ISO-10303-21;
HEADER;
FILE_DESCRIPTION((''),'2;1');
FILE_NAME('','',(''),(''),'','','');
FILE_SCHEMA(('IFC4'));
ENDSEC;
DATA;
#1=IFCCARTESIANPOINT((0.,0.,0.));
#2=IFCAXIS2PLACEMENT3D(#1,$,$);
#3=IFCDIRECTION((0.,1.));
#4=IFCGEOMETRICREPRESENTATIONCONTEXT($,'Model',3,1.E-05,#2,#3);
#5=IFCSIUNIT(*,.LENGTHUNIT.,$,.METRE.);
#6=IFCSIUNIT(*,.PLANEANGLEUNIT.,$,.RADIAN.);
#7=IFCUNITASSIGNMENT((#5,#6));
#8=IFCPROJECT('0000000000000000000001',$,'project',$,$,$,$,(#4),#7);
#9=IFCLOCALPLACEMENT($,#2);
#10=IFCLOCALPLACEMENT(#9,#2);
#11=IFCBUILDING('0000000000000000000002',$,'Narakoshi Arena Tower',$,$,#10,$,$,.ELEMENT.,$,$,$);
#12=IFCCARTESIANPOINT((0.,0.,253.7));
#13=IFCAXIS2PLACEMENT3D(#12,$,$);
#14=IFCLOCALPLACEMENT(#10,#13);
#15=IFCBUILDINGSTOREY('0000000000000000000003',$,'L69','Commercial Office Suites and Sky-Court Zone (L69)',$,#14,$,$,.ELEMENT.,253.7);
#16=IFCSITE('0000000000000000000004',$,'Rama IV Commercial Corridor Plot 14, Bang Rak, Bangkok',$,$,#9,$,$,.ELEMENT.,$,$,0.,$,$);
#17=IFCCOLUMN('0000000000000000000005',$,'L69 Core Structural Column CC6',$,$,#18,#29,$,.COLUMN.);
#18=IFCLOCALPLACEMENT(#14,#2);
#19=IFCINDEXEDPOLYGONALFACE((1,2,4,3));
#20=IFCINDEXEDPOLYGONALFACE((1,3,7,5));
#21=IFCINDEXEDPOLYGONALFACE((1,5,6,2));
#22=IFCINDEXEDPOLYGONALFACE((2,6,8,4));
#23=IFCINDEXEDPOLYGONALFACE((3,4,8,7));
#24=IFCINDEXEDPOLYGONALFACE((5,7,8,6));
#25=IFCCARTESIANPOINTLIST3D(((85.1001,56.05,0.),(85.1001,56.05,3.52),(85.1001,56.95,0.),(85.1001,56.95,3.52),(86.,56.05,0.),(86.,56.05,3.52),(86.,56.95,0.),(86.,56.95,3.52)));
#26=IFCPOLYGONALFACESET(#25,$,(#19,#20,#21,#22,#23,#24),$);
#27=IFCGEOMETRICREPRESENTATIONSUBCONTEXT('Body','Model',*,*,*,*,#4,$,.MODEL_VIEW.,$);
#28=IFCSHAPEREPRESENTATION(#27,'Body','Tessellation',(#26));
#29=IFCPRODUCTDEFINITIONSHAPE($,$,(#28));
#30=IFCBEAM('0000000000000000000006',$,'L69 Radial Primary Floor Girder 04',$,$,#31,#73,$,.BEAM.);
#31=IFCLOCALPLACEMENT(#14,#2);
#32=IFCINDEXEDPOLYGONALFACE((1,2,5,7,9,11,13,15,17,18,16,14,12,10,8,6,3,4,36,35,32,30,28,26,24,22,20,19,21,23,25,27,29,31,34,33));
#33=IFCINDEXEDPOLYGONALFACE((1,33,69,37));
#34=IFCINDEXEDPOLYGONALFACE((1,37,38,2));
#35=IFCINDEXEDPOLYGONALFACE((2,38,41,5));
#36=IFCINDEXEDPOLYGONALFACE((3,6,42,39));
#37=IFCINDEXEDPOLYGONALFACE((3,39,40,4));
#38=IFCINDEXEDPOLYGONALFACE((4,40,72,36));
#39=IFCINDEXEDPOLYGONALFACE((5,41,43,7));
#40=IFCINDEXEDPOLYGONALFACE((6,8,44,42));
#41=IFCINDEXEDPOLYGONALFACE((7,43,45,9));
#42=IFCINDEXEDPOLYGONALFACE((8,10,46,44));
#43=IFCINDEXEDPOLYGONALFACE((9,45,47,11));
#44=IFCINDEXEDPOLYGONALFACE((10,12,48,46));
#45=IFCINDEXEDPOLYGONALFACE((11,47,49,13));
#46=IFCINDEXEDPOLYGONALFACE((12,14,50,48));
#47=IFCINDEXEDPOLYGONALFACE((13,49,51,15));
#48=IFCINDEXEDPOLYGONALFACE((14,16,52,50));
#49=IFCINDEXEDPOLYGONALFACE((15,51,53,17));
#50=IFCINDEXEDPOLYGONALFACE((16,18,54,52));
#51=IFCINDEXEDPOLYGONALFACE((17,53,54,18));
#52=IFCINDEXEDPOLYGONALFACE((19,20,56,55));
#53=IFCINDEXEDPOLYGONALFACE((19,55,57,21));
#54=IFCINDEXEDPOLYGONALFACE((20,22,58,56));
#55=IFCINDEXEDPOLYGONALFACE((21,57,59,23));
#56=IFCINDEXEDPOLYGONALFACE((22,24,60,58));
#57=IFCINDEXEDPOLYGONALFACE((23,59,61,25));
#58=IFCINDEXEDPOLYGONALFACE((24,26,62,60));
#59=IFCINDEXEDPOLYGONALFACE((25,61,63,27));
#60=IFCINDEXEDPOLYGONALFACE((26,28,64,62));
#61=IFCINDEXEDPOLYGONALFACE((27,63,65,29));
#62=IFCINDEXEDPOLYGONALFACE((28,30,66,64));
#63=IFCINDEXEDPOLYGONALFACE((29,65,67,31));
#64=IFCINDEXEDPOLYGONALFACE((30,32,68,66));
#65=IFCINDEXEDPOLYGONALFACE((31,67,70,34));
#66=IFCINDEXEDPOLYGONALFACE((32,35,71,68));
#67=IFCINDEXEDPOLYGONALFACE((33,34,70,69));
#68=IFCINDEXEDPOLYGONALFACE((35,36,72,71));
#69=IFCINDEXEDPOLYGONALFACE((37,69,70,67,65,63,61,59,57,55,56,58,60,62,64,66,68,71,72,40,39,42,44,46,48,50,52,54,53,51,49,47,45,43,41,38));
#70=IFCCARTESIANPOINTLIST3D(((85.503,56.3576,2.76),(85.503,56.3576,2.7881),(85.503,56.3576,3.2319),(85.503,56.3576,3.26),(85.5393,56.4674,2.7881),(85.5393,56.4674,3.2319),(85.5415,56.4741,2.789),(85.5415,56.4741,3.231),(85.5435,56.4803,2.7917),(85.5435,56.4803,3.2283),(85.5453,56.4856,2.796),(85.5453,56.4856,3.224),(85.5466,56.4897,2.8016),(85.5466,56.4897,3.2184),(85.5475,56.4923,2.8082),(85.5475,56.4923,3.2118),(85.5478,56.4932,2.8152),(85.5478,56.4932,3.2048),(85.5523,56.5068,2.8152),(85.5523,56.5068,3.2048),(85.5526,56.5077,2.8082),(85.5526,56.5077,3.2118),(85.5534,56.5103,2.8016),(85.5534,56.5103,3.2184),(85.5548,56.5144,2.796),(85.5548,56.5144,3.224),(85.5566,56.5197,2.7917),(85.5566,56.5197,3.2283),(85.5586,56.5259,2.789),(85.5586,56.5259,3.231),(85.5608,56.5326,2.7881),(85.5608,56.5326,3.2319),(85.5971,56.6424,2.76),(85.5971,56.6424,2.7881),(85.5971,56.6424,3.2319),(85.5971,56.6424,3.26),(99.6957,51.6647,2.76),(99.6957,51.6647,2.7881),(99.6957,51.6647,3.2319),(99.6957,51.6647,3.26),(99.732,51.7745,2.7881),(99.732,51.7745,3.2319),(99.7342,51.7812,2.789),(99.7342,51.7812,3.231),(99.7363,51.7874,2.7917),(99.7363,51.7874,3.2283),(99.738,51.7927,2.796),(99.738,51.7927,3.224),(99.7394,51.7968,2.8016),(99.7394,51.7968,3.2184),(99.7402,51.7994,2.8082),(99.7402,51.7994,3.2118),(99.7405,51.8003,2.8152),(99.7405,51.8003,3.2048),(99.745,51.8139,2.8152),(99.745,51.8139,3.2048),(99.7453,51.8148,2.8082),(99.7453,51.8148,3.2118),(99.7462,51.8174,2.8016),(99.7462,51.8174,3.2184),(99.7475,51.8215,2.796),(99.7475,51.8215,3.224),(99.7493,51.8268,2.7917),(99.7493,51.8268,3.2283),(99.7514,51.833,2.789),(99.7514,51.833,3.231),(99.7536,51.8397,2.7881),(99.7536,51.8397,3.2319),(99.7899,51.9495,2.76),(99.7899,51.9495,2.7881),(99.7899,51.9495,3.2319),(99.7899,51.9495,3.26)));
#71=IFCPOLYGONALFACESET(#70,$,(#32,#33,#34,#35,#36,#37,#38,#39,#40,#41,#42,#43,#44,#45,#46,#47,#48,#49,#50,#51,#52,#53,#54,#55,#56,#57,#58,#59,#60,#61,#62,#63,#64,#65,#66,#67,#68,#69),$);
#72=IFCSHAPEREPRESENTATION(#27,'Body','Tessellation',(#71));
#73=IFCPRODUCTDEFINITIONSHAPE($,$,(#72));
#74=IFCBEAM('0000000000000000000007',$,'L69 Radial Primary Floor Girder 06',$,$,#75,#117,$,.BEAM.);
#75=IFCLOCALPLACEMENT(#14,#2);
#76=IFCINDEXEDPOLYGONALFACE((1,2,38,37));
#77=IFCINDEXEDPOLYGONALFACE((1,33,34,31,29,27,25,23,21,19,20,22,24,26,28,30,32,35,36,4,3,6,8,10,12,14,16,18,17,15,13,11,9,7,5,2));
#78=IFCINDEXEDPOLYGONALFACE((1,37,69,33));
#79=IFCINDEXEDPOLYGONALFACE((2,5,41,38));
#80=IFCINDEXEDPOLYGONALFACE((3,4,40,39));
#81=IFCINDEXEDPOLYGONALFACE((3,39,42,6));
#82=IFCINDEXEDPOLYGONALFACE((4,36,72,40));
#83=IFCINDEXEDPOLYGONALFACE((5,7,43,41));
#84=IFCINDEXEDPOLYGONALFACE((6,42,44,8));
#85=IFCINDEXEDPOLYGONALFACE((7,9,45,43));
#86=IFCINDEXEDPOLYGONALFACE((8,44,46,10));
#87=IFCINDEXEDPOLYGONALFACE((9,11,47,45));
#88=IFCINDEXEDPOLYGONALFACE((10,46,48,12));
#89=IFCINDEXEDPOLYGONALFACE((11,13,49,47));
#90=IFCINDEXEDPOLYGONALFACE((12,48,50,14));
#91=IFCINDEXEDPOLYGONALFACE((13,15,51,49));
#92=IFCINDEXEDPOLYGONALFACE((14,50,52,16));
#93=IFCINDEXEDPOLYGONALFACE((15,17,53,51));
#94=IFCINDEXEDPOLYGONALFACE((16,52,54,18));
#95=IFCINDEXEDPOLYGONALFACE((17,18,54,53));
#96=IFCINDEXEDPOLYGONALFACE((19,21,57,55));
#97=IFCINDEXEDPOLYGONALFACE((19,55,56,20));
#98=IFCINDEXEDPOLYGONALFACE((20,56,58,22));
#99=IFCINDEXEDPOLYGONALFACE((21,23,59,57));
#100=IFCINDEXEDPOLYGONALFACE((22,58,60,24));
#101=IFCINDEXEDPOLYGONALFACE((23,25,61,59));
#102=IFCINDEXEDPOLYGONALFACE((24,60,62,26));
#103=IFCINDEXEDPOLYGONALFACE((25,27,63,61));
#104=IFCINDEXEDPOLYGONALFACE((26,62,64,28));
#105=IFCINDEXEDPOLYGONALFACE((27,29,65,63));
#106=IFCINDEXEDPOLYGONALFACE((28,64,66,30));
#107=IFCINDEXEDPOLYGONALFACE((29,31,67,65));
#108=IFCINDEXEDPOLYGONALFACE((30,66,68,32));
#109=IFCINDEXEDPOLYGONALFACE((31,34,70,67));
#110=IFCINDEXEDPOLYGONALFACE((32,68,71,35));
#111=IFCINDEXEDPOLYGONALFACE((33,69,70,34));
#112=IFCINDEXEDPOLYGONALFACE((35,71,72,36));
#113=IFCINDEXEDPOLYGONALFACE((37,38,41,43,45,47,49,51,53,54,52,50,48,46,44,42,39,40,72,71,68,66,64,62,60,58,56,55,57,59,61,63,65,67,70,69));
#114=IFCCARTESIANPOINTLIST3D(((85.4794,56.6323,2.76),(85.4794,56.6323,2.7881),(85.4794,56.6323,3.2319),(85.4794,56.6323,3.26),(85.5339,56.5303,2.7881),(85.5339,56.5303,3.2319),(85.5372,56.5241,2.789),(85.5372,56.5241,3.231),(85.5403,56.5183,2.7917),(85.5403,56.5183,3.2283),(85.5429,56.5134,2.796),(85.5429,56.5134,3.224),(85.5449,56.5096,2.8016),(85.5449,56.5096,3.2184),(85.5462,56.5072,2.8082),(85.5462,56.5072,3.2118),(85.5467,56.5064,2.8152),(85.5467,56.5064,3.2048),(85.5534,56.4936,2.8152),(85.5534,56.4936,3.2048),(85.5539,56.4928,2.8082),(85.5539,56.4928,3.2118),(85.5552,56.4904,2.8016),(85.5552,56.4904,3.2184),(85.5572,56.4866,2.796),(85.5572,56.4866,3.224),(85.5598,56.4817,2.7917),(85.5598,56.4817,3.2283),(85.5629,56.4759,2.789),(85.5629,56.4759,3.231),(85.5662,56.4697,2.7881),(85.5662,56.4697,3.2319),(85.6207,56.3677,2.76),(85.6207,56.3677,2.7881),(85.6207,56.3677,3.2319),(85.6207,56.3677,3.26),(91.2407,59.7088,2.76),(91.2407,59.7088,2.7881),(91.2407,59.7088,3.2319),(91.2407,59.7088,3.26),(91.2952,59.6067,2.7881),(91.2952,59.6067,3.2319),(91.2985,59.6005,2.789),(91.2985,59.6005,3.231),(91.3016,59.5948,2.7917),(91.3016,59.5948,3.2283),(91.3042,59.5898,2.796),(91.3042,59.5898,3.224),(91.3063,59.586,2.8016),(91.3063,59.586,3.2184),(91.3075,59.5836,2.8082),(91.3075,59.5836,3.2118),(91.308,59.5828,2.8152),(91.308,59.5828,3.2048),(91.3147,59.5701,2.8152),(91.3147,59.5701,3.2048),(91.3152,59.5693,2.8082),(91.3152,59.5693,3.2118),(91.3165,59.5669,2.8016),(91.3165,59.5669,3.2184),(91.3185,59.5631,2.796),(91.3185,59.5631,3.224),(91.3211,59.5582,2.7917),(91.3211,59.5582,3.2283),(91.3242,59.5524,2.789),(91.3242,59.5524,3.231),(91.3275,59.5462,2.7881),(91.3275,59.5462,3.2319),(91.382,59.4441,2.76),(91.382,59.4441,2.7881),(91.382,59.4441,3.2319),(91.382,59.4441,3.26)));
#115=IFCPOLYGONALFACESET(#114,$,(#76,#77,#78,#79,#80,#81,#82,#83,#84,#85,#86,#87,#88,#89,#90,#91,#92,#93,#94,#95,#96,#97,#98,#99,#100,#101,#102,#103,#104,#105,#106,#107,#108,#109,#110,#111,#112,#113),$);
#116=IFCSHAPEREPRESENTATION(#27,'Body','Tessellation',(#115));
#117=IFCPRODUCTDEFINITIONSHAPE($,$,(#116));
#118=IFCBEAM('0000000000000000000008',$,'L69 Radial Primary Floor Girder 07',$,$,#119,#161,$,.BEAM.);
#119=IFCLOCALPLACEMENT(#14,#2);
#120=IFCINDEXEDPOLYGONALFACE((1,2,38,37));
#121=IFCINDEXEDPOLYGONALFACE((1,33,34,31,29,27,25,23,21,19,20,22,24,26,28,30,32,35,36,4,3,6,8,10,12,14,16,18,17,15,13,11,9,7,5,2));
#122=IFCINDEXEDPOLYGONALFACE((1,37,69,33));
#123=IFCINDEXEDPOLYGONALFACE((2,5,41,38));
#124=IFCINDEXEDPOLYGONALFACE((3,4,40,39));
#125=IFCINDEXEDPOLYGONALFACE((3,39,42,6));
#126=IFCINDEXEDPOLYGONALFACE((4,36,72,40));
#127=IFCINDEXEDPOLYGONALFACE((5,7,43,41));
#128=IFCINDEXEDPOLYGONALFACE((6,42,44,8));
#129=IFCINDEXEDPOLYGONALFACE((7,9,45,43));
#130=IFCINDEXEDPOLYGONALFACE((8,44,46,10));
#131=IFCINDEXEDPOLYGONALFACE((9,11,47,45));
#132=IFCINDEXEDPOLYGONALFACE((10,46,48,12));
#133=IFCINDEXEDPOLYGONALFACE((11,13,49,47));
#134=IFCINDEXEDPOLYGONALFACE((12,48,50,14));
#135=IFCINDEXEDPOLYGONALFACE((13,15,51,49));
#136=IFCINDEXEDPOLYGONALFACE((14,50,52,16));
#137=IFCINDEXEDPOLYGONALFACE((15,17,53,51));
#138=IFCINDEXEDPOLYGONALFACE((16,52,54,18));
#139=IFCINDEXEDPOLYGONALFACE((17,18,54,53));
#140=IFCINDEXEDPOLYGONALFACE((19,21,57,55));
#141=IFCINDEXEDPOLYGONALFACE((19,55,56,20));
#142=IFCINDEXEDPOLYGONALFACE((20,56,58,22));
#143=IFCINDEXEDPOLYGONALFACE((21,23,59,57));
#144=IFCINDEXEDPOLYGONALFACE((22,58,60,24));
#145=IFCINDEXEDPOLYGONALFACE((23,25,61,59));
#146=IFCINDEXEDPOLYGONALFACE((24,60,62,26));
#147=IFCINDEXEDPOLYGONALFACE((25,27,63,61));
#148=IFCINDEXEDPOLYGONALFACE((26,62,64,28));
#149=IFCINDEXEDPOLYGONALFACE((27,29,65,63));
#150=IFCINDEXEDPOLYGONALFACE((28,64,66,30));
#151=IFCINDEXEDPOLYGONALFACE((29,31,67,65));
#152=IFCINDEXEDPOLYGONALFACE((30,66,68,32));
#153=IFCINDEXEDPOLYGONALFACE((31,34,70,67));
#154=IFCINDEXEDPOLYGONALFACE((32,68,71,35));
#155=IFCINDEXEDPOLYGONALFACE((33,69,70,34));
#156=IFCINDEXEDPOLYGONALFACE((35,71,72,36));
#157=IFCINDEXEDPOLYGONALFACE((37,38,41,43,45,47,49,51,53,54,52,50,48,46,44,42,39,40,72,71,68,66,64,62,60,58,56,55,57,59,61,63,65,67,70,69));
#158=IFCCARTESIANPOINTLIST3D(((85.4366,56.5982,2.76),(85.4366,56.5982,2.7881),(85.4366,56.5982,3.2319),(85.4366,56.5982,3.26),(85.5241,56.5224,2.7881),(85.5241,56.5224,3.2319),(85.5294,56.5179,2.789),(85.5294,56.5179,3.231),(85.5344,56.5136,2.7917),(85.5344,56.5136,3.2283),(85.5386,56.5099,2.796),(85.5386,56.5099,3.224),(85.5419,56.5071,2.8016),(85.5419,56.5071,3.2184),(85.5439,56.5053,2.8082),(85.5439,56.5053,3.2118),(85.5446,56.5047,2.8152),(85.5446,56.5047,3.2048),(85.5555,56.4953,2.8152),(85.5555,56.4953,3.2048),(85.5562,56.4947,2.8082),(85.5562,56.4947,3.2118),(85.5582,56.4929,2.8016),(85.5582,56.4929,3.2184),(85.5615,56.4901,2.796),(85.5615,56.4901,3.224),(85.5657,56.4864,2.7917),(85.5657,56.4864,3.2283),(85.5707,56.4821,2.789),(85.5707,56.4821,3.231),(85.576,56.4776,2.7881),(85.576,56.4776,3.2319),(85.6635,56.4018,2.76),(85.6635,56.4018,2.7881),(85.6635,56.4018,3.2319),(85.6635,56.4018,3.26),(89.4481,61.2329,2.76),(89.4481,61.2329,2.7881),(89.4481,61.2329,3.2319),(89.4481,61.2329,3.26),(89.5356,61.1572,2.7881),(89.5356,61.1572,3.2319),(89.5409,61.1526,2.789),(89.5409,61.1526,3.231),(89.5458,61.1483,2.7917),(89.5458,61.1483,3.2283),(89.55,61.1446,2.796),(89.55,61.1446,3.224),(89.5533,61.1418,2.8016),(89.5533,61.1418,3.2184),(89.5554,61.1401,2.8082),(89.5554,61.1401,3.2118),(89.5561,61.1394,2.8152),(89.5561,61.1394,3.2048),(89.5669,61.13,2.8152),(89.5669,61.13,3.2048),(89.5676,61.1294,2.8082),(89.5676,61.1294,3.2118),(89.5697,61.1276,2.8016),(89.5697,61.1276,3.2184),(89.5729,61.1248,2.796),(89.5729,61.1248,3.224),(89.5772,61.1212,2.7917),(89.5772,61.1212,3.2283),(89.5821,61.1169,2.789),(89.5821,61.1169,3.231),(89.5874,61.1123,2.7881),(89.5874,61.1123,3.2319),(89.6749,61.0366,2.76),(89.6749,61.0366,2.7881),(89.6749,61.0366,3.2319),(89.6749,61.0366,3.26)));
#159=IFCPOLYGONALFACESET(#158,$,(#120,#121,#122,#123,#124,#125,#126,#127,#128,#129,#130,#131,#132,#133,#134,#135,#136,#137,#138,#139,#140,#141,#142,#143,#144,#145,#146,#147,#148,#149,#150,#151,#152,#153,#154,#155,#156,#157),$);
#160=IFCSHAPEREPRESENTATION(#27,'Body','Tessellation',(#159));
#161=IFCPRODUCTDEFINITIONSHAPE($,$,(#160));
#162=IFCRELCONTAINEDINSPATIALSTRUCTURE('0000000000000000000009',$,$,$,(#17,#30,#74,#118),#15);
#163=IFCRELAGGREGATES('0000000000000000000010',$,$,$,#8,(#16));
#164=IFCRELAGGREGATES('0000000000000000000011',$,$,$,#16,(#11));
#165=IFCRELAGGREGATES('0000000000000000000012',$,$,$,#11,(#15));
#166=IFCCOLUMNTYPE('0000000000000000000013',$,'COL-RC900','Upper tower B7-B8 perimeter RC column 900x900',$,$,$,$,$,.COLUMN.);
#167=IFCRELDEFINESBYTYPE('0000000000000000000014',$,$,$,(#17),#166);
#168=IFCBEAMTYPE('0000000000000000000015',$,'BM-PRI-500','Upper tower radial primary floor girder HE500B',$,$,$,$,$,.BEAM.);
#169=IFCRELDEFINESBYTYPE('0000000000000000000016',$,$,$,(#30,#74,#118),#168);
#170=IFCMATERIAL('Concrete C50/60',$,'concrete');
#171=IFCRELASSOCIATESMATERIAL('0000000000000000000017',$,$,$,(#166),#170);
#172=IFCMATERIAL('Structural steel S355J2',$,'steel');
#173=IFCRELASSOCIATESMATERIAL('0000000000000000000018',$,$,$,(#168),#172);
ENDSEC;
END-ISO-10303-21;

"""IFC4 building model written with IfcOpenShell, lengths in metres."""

from ifc_helpers import new_model, si_unit, direction, frame, origin, origin_2d, place, context, subcontext, project, spatial, rectangle, i_section, extrude, material, material_profile, profile_set, type_object, element, save


model = new_model("IFC4")

# Units and contexts
model_context = context("Model", 3, precision=1e-05, world=origin(), true_north=direction((0.0, 1.0)))
body_context = subcontext(model_context, "Body", "Model", "MODEL_VIEW")
ifc_project = project(units=[si_unit("LENGTHUNIT", "METRE"), si_unit("PLANEANGLEUNIT", "RADIAN")], contexts=[model_context])

# Site, building, storey
site_placement = place(None, origin())
site = spatial("IfcSite", under=ifc_project, at=site_placement, Name="Rama IV Commercial Corridor Plot 14, Bang Rak, Bangkok", CompositionType="ELEMENT", RefElevation=0.0)
building_placement = place(site_placement, origin())
building = spatial("IfcBuilding", under=site, at=building_placement, Name="Narakoshi Arena Tower", CompositionType="ELEMENT")
storey_placement = place(building_placement, frame((0.0, 0.0, 253.7)))
storey = spatial("IfcBuildingStorey", under=building, at=storey_placement, Name="L69", Description="Commercial Office Suites and Sky-Court Zone (L69)", CompositionType="ELEMENT", Elevation=253.7)

# Column
ifc_material_1 = material(Name="Concrete C50/60", Category="concrete")
ifc_material_profile_1 = material_profile(ifc_material_1, rectangle(XDim=0.8999, YDim=0.8999, at=origin_2d()), Name="RC900x900")
ifc_profile_set_1 = profile_set([ifc_material_profile_1], Name="Concrete C50/60")
column_type = type_object("IfcColumnType", Name="COL-RC900", Description="Upper tower B7-B8 perimeter RC column 900x900", PredefinedType="COLUMN", material=ifc_profile_set_1)
column_placement = place(storey_placement, frame((85.55, 56.5, 0.0), z_axis=(0.0, 0.0, 1.0), x_axis=(1.0, 0.0, 0.0)))
element("IfcColumn", 1, at=column_placement, inside=storey, type_object=column_type, Name="L69 Core Structural Column CC6", PredefinedType="COLUMN", context=body_context, shape_type="SweptSolid", body=[
    extrude(rectangle(XDim=0.8999, YDim=0.8999, at=origin_2d()), origin(), (0.0, 0.0, 1.0), 3.52),
])

# Beams
ifc_material_2 = material(Name="Structural steel S355J2", Category="steel")
ifc_material_profile_2 = material_profile(ifc_material_2, i_section(OverallWidth=0.3, OverallDepth=0.5, WebThickness=0.0144, FlangeThickness=0.0281, FilletRadius=0.0271, at=origin_2d()), Name="HE500B")
ifc_profile_set_2 = profile_set([ifc_material_profile_2], Name="Structural steel S355J2")
beam_type = type_object("IfcBeamType", Name="BM-PRI-500", Description="Upper tower radial primary floor girder HE500B", PredefinedType="BEAM", material=ifc_profile_set_2)
beam_1_placement = place(storey_placement, frame((85.55, 56.5, 3.01), z_axis=(0.949443, -0.313939, 0.0), x_axis=(0.313939, 0.949443, 0.0)))
element("IfcBeam", 2, at=beam_1_placement, inside=storey, type_object=beam_type, Name="L69 Radial Primary Floor Girder 04", PredefinedType="BEAM", context=body_context, shape_type="SweptSolid", body=[
    extrude(i_section(OverallWidth=0.3, OverallDepth=0.5, WebThickness=0.0144, FlangeThickness=0.0281, FilletRadius=0.0271, at=origin_2d()), origin(), (0.0, 0.0, 1.0), 14.9485),
])
beam_2_placement = place(storey_placement, frame((85.55, 56.5, 3.01), z_axis=(0.882114, 0.471036, 0.0), x_axis=(-0.471036, 0.882114, 0.0)))
element("IfcBeam", 3, at=beam_2_placement, inside=storey, type_object=beam_type, Name="L69 Radial Primary Floor Girder 06", PredefinedType="BEAM", context=body_context, shape_type="SweptSolid", body=[
    extrude(i_section(OverallWidth=0.3, OverallDepth=0.5, WebThickness=0.0144, FlangeThickness=0.0281, FilletRadius=0.0271, at=origin_2d()), origin(), (0.0, 0.0, 1.0), 6.5312),
])
beam_3_placement = place(storey_placement, frame((85.55, 56.5, 3.01), z_axis=(0.654435, 0.756119, 0.0), x_axis=(-0.756119, 0.654435, 0.0)))
element("IfcBeam", 4, at=beam_3_placement, inside=storey, type_object=beam_type, Name="L69 Radial Primary Floor Girder 07", PredefinedType="BEAM", context=body_context, shape_type="SweptSolid", body=[
    extrude(i_section(OverallWidth=0.3, OverallDepth=0.5, WebThickness=0.0144, FlangeThickness=0.0281, FilletRadius=0.0271, at=origin_2d()), origin(), (0.0, 0.0, 1.0), 6.1296),
])

save(model, "model.ifc")
